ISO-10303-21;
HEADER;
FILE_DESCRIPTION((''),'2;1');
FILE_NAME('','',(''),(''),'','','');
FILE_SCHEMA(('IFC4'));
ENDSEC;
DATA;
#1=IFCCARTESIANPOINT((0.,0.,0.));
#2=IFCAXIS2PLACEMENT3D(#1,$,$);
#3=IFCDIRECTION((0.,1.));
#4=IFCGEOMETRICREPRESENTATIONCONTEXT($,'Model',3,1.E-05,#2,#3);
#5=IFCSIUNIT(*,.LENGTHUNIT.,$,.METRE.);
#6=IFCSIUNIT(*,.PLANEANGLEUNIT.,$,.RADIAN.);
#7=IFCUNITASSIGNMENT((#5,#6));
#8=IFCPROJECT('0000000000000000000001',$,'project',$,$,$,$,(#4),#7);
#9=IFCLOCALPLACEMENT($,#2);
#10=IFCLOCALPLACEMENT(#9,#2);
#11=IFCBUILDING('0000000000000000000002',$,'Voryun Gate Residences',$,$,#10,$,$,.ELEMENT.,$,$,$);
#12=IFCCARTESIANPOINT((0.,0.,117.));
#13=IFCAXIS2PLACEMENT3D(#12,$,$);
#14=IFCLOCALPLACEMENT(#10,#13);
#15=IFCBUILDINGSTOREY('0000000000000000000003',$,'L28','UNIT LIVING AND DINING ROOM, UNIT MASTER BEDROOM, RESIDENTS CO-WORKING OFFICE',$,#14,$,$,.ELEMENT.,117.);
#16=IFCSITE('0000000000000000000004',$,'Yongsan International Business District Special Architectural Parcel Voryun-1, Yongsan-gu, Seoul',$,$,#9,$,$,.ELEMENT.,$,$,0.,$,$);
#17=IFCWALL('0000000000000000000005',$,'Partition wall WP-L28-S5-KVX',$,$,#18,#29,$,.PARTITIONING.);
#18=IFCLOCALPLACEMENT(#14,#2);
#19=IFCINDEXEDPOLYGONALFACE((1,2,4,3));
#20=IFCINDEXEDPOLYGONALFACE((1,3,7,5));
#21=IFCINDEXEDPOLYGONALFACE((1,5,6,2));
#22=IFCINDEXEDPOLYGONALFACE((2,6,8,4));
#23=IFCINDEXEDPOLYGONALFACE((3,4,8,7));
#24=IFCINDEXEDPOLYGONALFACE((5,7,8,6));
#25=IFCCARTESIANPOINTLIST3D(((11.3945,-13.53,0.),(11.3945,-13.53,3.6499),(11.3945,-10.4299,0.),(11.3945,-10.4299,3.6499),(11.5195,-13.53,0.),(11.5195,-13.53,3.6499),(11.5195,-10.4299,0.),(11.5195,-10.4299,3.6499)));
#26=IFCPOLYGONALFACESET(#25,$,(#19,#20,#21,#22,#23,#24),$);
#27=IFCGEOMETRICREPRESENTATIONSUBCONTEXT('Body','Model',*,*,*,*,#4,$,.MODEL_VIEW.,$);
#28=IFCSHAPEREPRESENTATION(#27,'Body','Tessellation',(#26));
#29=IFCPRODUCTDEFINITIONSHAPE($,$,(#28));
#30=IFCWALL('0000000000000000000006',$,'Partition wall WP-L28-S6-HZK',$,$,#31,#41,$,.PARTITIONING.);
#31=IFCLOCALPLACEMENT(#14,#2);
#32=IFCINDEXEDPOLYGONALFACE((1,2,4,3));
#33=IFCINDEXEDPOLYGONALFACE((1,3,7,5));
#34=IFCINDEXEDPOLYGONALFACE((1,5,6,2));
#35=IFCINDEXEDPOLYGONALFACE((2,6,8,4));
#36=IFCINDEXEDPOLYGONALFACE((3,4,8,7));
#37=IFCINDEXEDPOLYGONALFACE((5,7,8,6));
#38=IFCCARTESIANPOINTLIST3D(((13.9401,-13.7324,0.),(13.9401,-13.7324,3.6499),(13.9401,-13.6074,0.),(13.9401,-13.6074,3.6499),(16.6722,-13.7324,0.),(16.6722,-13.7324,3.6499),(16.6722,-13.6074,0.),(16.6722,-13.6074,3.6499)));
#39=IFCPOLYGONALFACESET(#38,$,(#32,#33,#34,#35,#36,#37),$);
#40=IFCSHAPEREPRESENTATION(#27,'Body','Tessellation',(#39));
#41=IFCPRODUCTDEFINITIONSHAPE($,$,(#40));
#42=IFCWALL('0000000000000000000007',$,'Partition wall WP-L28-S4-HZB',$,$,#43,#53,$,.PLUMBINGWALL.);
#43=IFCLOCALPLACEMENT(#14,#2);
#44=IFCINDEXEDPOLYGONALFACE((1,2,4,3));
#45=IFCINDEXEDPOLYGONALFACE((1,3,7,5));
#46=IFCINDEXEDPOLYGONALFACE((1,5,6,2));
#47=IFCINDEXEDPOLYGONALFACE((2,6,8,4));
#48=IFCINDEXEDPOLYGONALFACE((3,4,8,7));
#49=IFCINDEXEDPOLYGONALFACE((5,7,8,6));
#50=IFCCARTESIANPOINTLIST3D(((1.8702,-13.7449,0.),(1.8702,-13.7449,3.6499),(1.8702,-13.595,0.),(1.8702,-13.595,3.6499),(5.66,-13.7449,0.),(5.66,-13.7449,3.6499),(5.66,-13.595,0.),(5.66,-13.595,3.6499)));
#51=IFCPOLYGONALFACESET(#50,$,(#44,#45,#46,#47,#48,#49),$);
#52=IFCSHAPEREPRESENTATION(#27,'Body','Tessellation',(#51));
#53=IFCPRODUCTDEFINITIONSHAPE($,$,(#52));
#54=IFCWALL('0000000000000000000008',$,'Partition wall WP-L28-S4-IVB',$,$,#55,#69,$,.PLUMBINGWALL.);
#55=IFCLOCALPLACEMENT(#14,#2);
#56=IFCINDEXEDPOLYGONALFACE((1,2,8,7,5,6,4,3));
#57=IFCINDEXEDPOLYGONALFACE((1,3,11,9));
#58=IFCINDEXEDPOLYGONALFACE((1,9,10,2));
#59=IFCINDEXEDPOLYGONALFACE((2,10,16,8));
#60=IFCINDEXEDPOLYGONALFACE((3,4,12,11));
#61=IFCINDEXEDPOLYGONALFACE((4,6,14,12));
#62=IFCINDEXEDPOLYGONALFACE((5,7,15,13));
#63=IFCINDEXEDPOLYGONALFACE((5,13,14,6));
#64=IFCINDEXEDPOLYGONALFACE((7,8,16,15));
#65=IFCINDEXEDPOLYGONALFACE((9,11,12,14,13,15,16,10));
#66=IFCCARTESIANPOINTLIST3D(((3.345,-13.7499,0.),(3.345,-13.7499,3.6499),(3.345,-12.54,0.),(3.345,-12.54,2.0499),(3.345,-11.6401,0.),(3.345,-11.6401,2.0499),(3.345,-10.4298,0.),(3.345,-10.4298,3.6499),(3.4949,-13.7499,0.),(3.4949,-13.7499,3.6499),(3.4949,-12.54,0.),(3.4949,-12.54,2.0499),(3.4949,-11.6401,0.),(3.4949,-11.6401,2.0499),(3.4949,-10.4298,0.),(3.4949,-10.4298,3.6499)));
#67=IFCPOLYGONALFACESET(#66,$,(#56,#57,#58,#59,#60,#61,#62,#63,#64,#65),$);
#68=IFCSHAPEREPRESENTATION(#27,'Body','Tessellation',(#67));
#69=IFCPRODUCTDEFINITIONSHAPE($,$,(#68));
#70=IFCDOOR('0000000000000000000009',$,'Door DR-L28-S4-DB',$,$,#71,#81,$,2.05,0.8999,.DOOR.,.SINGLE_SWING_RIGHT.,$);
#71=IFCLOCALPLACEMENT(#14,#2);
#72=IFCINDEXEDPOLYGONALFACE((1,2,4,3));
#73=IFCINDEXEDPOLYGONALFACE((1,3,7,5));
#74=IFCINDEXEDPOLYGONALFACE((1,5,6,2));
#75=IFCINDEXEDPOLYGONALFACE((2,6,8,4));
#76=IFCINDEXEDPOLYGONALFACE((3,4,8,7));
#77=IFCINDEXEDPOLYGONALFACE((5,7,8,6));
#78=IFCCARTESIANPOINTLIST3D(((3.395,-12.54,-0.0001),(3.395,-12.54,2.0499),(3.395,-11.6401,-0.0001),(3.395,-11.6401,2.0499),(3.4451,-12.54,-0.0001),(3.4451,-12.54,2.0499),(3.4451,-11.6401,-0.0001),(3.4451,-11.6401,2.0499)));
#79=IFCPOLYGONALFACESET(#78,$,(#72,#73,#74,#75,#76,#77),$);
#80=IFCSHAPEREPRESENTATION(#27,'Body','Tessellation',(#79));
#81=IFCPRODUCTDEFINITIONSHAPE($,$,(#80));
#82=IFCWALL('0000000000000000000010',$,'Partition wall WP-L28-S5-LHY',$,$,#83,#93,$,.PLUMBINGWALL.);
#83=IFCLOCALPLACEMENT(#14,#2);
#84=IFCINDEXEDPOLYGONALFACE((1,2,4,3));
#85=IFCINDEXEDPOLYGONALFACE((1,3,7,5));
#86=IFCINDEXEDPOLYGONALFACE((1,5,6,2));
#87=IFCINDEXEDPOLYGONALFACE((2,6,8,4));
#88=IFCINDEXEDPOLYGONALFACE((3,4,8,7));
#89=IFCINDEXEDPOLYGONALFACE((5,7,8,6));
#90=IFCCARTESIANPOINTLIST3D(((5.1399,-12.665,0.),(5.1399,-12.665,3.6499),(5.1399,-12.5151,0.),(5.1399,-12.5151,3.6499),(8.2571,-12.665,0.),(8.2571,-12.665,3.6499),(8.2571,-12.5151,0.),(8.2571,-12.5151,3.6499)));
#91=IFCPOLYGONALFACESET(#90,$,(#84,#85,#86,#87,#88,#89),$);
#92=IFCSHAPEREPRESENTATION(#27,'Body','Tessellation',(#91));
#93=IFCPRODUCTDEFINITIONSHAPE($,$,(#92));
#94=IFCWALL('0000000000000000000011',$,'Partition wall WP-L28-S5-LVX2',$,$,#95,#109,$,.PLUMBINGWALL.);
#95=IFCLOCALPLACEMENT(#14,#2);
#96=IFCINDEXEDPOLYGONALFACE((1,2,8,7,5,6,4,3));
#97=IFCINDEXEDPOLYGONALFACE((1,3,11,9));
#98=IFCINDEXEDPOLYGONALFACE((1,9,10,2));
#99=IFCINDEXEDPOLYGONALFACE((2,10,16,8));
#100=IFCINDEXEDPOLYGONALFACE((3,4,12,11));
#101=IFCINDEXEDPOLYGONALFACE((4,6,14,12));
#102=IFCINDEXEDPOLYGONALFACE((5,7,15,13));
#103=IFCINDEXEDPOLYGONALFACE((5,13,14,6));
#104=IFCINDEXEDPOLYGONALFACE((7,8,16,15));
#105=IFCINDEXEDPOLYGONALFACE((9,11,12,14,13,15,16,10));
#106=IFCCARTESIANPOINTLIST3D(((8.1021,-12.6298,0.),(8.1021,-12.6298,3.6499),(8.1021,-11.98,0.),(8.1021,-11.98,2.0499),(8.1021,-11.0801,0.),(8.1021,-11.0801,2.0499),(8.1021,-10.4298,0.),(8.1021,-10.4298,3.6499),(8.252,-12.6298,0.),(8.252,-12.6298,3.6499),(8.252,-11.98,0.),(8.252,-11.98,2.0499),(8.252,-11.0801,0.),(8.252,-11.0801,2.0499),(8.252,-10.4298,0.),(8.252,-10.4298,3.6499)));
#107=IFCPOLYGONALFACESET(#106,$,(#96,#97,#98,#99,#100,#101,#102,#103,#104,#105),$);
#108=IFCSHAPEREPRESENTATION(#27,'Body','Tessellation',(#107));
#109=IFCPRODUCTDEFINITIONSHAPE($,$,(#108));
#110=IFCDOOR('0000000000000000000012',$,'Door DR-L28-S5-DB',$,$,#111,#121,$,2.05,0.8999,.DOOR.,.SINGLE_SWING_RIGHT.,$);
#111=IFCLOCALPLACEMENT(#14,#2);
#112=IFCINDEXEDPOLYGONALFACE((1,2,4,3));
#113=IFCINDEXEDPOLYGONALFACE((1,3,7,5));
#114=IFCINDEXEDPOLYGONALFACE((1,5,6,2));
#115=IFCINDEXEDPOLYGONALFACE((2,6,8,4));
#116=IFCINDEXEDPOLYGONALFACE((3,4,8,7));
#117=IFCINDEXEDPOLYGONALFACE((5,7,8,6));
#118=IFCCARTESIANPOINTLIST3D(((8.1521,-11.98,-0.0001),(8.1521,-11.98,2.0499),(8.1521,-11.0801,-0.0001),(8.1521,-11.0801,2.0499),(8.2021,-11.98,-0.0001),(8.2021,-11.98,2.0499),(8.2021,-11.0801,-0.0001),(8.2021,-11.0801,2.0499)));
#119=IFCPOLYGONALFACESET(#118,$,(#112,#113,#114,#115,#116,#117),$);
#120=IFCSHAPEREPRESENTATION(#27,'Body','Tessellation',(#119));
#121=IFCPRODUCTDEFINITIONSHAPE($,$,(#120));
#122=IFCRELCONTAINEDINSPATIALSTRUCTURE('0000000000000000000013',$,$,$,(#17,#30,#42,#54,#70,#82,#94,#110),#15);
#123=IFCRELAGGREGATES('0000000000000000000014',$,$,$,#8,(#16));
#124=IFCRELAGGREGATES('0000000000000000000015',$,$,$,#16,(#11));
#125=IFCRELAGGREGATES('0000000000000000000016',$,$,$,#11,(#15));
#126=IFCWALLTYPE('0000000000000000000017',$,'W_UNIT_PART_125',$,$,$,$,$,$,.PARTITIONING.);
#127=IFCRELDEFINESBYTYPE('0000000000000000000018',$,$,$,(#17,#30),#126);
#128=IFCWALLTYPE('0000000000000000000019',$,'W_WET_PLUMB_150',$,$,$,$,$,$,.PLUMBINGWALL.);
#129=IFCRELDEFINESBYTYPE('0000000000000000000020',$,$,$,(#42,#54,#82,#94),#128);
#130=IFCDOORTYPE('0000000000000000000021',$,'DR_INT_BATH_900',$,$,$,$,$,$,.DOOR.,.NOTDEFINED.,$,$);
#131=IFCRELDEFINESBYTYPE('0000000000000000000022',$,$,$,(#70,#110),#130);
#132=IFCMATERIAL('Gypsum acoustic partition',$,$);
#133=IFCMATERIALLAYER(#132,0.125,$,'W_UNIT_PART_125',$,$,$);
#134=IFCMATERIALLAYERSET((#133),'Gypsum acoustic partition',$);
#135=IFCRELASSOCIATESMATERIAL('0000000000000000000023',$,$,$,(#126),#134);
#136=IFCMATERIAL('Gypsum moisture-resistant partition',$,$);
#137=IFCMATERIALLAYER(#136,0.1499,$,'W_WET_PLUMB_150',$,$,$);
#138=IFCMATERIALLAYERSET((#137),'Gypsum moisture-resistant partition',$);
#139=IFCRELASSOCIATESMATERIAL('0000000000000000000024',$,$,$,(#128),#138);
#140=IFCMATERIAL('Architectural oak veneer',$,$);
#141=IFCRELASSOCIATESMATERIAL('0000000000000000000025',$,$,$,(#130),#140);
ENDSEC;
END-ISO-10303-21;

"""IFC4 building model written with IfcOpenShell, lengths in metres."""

from ifc_helpers import new_model, si_unit, direction, frame, frame_2d, origin, place, context, subcontext, project, spatial, rectangle, extrude, material, layer, layer_set, type_object, element, fill, save


model = new_model("IFC4")

# Units and contexts
model_context = context("Model", 3, precision=1e-05, world=origin(), true_north=direction((0.0, 1.0)))
body_context = subcontext(model_context, "Body", "Model", "MODEL_VIEW")
ifc_project = project(units=[si_unit("LENGTHUNIT", "METRE"), si_unit("PLANEANGLEUNIT", "RADIAN")], contexts=[model_context])

# Site, building, storey
site_placement = place(None, origin())
site = spatial("IfcSite", under=ifc_project, at=site_placement, Name="Yongsan International Business District Special Architectural Parcel Voryun-1, Yongsan-gu, Seoul", CompositionType="ELEMENT", RefElevation=0.0)
building_placement = place(site_placement, origin())
building = spatial("IfcBuilding", under=site, at=building_placement, Name="Voryun Gate Residences", CompositionType="ELEMENT")
storey_placement = place(building_placement, frame((0.0, 0.0, 117.0)))
storey = spatial("IfcBuildingStorey", under=building, at=storey_placement, Name="L28", Description="UNIT LIVING AND DINING ROOM, UNIT MASTER BEDROOM, RESIDENTS CO-WORKING OFFICE", CompositionType="ELEMENT", Elevation=117.0)

# Shared definitions
ifc_material_1 = material(Name="Gypsum acoustic partition")
ifc_layer_1 = layer(ifc_material_1, 0.125, Name="W_UNIT_PART_125")
ifc_layer_set_1 = layer_set([ifc_layer_1], Name="Gypsum acoustic partition")
wall_type_1 = type_object("IfcWallType", Name="W_UNIT_PART_125", PredefinedType="PARTITIONING", material=ifc_layer_set_1)

# Walls
wall_1_placement = place(storey_placement, frame((11.457, -13.53, 0.0), z_axis=(0.0, 0.0, 1.0), x_axis=(0.0, 1.0, 0.0)))
element("IfcWall", 1, at=wall_1_placement, inside=storey, type_object=wall_type_1, Name="Partition wall WP-L28-S5-KVX", PredefinedType="PARTITIONING", context=body_context, shape_type="SweptSolid", body=[
    extrude(rectangle(XDim=3.1001, YDim=0.125, at=frame_2d((1.55, 0.0))), origin(), (0.0, 0.0, 1.0), 3.6499),
])
wall_2_placement = place(storey_placement, frame((13.9399, -13.6699, 0.0), z_axis=(0.0, 0.0, 1.0), x_axis=(1.0, 0.0, 0.0)))
element("IfcWall", 2, at=wall_2_placement, inside=storey, type_object=wall_type_1, Name="Partition wall WP-L28-S6-HZK", PredefinedType="PARTITIONING", context=body_context, shape_type="SweptSolid", body=[
    extrude(rectangle(XDim=2.7322, YDim=0.125, at=frame_2d((1.3662, 0.0))), origin(), (0.0, 0.0, 1.0), 3.6499),
])
ifc_material_2 = material(Name="Gypsum moisture-resistant partition")
ifc_layer_2 = layer(ifc_material_2, 0.1499, Name="W_WET_PLUMB_150")
ifc_layer_set_2 = layer_set([ifc_layer_2], Name="Gypsum moisture-resistant partition")
wall_type_2 = type_object("IfcWallType", Name="W_WET_PLUMB_150", PredefinedType="PLUMBINGWALL", material=ifc_layer_set_2)
wall_3_placement = place(storey_placement, frame((1.8701, -13.6699, 0.0), z_axis=(0.0, 0.0, 1.0), x_axis=(1.0, 0.0, 0.0)))
element("IfcWall", 3, at=wall_3_placement, inside=storey, type_object=wall_type_2, Name="Partition wall WP-L28-S4-HZB", PredefinedType="PLUMBINGWALL", context=body_context, shape_type="SweptSolid", body=[
    extrude(rectangle(XDim=3.7898, YDim=0.1499, at=frame_2d((1.895, 0.0))), origin(), (0.0, 0.0, 1.0), 3.6499),
])

# Wall, opening, door
wall_4_placement = place(storey_placement, frame((3.4199, -13.75, 0.0), z_axis=(0.0, 0.0, 1.0), x_axis=(0.0, 1.0, 0.0)))
wall_4 = element("IfcWall", 4, at=wall_4_placement, inside=storey, type_object=wall_type_2, Name="Partition wall WP-L28-S4-IVB", PredefinedType="PLUMBINGWALL", context=body_context, shape_type="SweptSolid", body=[
    extrude(rectangle(XDim=3.3201, YDim=0.1499, at=frame_2d((1.6602, 0.0))), origin(), (0.0, 0.0, 1.0), 3.6499),
])
opening_1_placement = place(wall_4_placement, frame((1.21, 0.0, 0.0)))
opening_1 = element("IfcOpeningElement", 5, at=opening_1_placement, cuts=wall_4, PredefinedType="OPENING", context=body_context, shape_type="SweptSolid", body=[
    extrude(rectangle(XDim=0.8999, YDim=2.05, at=frame_2d((0.45, 1.0249))), frame((0.0, 0.085, 0.0), z_axis=(0.0, -1.0, 0.0), x_axis=(1.0, 0.0, 0.0)), (0.0, 0.0, 1.0), 0.1699),
])
ifc_material_3 = material(Name="Architectural oak veneer")
door_type_1 = type_object("IfcDoorType", Name="DR_INT_BATH_900", OperationType="NOTDEFINED", PredefinedType="DOOR", material=ifc_material_3)
door_1_placement = place(opening_1_placement, origin())
door_1 = element("IfcDoor", 6, at=door_1_placement, inside=storey, type_object=door_type_1, Name="Door DR-L28-S4-DB", OperationType="SINGLE_SWING_RIGHT", OverallHeight=2.05, OverallWidth=0.8999, PredefinedType="DOOR", context=body_context, shape_type="SweptSolid", body=[
    extrude(rectangle(XDim=0.8999, YDim=2.05, at=frame_2d((0.45, 1.0249))), frame((0.0, 0.0249, 0.0), z_axis=(0.0, -1.0, 0.0), x_axis=(1.0, 0.0, 0.0)), (0.0, 0.0, 1.0), 0.05),
])
fill(opening_1, door_1)

# Wall
wall_5_placement = place(storey_placement, frame((5.1399, -12.5901, 0.0), z_axis=(0.0, 0.0, 1.0), x_axis=(1.0, 0.0, 0.0)))
element("IfcWall", 7, at=wall_5_placement, inside=storey, type_object=wall_type_2, Name="Partition wall WP-L28-S5-LHY", PredefinedType="PLUMBINGWALL", context=body_context, shape_type="SweptSolid", body=[
    extrude(rectangle(XDim=3.1172, YDim=0.1499, at=frame_2d((1.5586, 0.0))), origin(), (0.0, 0.0, 1.0), 3.6499),
])

# Wall, opening, door
wall_6_placement = place(storey_placement, frame((8.177, -12.6299, 0.0), z_axis=(0.0, 0.0, 1.0), x_axis=(0.0, 1.0, 0.0)))
wall_6 = element("IfcWall", 8, at=wall_6_placement, inside=storey, type_object=wall_type_2, Name="Partition wall WP-L28-S5-LVX2", PredefinedType="PLUMBINGWALL", context=body_context, shape_type="SweptSolid", body=[
    extrude(rectangle(XDim=2.2, YDim=0.1499, at=frame_2d((1.1001, 0.0))), origin(), (0.0, 0.0, 1.0), 3.6499),
])
opening_2_placement = place(wall_6_placement, frame((0.6499, 0.0, 0.0)))
opening_2 = element("IfcOpeningElement", 9, at=opening_2_placement, cuts=wall_6, PredefinedType="OPENING", context=body_context, shape_type="SweptSolid", body=[
    extrude(rectangle(XDim=0.8999, YDim=2.05, at=frame_2d((0.45, 1.0249))), frame((0.0, 0.085, 0.0), z_axis=(0.0, -1.0, 0.0), x_axis=(1.0, 0.0, 0.0)), (0.0, 0.0, 1.0), 0.1699),
])
door_2_placement = place(opening_2_placement, origin())
door_2 = element("IfcDoor", 10, at=door_2_placement, inside=storey, type_object=door_type_1, Name="Door DR-L28-S5-DB", OperationType="SINGLE_SWING_RIGHT", OverallHeight=2.05, OverallWidth=0.8999, PredefinedType="DOOR", context=body_context, shape_type="SweptSolid", body=[
    extrude(rectangle(XDim=0.8999, YDim=2.05, at=frame_2d((0.45, 1.0249))), frame((0.0, 0.0249, 0.0), z_axis=(0.0, -1.0, 0.0), x_axis=(1.0, 0.0, 0.0)), (0.0, 0.0, 1.0), 0.05),
])
fill(opening_2, door_2)

save(model, "model.ifc")
